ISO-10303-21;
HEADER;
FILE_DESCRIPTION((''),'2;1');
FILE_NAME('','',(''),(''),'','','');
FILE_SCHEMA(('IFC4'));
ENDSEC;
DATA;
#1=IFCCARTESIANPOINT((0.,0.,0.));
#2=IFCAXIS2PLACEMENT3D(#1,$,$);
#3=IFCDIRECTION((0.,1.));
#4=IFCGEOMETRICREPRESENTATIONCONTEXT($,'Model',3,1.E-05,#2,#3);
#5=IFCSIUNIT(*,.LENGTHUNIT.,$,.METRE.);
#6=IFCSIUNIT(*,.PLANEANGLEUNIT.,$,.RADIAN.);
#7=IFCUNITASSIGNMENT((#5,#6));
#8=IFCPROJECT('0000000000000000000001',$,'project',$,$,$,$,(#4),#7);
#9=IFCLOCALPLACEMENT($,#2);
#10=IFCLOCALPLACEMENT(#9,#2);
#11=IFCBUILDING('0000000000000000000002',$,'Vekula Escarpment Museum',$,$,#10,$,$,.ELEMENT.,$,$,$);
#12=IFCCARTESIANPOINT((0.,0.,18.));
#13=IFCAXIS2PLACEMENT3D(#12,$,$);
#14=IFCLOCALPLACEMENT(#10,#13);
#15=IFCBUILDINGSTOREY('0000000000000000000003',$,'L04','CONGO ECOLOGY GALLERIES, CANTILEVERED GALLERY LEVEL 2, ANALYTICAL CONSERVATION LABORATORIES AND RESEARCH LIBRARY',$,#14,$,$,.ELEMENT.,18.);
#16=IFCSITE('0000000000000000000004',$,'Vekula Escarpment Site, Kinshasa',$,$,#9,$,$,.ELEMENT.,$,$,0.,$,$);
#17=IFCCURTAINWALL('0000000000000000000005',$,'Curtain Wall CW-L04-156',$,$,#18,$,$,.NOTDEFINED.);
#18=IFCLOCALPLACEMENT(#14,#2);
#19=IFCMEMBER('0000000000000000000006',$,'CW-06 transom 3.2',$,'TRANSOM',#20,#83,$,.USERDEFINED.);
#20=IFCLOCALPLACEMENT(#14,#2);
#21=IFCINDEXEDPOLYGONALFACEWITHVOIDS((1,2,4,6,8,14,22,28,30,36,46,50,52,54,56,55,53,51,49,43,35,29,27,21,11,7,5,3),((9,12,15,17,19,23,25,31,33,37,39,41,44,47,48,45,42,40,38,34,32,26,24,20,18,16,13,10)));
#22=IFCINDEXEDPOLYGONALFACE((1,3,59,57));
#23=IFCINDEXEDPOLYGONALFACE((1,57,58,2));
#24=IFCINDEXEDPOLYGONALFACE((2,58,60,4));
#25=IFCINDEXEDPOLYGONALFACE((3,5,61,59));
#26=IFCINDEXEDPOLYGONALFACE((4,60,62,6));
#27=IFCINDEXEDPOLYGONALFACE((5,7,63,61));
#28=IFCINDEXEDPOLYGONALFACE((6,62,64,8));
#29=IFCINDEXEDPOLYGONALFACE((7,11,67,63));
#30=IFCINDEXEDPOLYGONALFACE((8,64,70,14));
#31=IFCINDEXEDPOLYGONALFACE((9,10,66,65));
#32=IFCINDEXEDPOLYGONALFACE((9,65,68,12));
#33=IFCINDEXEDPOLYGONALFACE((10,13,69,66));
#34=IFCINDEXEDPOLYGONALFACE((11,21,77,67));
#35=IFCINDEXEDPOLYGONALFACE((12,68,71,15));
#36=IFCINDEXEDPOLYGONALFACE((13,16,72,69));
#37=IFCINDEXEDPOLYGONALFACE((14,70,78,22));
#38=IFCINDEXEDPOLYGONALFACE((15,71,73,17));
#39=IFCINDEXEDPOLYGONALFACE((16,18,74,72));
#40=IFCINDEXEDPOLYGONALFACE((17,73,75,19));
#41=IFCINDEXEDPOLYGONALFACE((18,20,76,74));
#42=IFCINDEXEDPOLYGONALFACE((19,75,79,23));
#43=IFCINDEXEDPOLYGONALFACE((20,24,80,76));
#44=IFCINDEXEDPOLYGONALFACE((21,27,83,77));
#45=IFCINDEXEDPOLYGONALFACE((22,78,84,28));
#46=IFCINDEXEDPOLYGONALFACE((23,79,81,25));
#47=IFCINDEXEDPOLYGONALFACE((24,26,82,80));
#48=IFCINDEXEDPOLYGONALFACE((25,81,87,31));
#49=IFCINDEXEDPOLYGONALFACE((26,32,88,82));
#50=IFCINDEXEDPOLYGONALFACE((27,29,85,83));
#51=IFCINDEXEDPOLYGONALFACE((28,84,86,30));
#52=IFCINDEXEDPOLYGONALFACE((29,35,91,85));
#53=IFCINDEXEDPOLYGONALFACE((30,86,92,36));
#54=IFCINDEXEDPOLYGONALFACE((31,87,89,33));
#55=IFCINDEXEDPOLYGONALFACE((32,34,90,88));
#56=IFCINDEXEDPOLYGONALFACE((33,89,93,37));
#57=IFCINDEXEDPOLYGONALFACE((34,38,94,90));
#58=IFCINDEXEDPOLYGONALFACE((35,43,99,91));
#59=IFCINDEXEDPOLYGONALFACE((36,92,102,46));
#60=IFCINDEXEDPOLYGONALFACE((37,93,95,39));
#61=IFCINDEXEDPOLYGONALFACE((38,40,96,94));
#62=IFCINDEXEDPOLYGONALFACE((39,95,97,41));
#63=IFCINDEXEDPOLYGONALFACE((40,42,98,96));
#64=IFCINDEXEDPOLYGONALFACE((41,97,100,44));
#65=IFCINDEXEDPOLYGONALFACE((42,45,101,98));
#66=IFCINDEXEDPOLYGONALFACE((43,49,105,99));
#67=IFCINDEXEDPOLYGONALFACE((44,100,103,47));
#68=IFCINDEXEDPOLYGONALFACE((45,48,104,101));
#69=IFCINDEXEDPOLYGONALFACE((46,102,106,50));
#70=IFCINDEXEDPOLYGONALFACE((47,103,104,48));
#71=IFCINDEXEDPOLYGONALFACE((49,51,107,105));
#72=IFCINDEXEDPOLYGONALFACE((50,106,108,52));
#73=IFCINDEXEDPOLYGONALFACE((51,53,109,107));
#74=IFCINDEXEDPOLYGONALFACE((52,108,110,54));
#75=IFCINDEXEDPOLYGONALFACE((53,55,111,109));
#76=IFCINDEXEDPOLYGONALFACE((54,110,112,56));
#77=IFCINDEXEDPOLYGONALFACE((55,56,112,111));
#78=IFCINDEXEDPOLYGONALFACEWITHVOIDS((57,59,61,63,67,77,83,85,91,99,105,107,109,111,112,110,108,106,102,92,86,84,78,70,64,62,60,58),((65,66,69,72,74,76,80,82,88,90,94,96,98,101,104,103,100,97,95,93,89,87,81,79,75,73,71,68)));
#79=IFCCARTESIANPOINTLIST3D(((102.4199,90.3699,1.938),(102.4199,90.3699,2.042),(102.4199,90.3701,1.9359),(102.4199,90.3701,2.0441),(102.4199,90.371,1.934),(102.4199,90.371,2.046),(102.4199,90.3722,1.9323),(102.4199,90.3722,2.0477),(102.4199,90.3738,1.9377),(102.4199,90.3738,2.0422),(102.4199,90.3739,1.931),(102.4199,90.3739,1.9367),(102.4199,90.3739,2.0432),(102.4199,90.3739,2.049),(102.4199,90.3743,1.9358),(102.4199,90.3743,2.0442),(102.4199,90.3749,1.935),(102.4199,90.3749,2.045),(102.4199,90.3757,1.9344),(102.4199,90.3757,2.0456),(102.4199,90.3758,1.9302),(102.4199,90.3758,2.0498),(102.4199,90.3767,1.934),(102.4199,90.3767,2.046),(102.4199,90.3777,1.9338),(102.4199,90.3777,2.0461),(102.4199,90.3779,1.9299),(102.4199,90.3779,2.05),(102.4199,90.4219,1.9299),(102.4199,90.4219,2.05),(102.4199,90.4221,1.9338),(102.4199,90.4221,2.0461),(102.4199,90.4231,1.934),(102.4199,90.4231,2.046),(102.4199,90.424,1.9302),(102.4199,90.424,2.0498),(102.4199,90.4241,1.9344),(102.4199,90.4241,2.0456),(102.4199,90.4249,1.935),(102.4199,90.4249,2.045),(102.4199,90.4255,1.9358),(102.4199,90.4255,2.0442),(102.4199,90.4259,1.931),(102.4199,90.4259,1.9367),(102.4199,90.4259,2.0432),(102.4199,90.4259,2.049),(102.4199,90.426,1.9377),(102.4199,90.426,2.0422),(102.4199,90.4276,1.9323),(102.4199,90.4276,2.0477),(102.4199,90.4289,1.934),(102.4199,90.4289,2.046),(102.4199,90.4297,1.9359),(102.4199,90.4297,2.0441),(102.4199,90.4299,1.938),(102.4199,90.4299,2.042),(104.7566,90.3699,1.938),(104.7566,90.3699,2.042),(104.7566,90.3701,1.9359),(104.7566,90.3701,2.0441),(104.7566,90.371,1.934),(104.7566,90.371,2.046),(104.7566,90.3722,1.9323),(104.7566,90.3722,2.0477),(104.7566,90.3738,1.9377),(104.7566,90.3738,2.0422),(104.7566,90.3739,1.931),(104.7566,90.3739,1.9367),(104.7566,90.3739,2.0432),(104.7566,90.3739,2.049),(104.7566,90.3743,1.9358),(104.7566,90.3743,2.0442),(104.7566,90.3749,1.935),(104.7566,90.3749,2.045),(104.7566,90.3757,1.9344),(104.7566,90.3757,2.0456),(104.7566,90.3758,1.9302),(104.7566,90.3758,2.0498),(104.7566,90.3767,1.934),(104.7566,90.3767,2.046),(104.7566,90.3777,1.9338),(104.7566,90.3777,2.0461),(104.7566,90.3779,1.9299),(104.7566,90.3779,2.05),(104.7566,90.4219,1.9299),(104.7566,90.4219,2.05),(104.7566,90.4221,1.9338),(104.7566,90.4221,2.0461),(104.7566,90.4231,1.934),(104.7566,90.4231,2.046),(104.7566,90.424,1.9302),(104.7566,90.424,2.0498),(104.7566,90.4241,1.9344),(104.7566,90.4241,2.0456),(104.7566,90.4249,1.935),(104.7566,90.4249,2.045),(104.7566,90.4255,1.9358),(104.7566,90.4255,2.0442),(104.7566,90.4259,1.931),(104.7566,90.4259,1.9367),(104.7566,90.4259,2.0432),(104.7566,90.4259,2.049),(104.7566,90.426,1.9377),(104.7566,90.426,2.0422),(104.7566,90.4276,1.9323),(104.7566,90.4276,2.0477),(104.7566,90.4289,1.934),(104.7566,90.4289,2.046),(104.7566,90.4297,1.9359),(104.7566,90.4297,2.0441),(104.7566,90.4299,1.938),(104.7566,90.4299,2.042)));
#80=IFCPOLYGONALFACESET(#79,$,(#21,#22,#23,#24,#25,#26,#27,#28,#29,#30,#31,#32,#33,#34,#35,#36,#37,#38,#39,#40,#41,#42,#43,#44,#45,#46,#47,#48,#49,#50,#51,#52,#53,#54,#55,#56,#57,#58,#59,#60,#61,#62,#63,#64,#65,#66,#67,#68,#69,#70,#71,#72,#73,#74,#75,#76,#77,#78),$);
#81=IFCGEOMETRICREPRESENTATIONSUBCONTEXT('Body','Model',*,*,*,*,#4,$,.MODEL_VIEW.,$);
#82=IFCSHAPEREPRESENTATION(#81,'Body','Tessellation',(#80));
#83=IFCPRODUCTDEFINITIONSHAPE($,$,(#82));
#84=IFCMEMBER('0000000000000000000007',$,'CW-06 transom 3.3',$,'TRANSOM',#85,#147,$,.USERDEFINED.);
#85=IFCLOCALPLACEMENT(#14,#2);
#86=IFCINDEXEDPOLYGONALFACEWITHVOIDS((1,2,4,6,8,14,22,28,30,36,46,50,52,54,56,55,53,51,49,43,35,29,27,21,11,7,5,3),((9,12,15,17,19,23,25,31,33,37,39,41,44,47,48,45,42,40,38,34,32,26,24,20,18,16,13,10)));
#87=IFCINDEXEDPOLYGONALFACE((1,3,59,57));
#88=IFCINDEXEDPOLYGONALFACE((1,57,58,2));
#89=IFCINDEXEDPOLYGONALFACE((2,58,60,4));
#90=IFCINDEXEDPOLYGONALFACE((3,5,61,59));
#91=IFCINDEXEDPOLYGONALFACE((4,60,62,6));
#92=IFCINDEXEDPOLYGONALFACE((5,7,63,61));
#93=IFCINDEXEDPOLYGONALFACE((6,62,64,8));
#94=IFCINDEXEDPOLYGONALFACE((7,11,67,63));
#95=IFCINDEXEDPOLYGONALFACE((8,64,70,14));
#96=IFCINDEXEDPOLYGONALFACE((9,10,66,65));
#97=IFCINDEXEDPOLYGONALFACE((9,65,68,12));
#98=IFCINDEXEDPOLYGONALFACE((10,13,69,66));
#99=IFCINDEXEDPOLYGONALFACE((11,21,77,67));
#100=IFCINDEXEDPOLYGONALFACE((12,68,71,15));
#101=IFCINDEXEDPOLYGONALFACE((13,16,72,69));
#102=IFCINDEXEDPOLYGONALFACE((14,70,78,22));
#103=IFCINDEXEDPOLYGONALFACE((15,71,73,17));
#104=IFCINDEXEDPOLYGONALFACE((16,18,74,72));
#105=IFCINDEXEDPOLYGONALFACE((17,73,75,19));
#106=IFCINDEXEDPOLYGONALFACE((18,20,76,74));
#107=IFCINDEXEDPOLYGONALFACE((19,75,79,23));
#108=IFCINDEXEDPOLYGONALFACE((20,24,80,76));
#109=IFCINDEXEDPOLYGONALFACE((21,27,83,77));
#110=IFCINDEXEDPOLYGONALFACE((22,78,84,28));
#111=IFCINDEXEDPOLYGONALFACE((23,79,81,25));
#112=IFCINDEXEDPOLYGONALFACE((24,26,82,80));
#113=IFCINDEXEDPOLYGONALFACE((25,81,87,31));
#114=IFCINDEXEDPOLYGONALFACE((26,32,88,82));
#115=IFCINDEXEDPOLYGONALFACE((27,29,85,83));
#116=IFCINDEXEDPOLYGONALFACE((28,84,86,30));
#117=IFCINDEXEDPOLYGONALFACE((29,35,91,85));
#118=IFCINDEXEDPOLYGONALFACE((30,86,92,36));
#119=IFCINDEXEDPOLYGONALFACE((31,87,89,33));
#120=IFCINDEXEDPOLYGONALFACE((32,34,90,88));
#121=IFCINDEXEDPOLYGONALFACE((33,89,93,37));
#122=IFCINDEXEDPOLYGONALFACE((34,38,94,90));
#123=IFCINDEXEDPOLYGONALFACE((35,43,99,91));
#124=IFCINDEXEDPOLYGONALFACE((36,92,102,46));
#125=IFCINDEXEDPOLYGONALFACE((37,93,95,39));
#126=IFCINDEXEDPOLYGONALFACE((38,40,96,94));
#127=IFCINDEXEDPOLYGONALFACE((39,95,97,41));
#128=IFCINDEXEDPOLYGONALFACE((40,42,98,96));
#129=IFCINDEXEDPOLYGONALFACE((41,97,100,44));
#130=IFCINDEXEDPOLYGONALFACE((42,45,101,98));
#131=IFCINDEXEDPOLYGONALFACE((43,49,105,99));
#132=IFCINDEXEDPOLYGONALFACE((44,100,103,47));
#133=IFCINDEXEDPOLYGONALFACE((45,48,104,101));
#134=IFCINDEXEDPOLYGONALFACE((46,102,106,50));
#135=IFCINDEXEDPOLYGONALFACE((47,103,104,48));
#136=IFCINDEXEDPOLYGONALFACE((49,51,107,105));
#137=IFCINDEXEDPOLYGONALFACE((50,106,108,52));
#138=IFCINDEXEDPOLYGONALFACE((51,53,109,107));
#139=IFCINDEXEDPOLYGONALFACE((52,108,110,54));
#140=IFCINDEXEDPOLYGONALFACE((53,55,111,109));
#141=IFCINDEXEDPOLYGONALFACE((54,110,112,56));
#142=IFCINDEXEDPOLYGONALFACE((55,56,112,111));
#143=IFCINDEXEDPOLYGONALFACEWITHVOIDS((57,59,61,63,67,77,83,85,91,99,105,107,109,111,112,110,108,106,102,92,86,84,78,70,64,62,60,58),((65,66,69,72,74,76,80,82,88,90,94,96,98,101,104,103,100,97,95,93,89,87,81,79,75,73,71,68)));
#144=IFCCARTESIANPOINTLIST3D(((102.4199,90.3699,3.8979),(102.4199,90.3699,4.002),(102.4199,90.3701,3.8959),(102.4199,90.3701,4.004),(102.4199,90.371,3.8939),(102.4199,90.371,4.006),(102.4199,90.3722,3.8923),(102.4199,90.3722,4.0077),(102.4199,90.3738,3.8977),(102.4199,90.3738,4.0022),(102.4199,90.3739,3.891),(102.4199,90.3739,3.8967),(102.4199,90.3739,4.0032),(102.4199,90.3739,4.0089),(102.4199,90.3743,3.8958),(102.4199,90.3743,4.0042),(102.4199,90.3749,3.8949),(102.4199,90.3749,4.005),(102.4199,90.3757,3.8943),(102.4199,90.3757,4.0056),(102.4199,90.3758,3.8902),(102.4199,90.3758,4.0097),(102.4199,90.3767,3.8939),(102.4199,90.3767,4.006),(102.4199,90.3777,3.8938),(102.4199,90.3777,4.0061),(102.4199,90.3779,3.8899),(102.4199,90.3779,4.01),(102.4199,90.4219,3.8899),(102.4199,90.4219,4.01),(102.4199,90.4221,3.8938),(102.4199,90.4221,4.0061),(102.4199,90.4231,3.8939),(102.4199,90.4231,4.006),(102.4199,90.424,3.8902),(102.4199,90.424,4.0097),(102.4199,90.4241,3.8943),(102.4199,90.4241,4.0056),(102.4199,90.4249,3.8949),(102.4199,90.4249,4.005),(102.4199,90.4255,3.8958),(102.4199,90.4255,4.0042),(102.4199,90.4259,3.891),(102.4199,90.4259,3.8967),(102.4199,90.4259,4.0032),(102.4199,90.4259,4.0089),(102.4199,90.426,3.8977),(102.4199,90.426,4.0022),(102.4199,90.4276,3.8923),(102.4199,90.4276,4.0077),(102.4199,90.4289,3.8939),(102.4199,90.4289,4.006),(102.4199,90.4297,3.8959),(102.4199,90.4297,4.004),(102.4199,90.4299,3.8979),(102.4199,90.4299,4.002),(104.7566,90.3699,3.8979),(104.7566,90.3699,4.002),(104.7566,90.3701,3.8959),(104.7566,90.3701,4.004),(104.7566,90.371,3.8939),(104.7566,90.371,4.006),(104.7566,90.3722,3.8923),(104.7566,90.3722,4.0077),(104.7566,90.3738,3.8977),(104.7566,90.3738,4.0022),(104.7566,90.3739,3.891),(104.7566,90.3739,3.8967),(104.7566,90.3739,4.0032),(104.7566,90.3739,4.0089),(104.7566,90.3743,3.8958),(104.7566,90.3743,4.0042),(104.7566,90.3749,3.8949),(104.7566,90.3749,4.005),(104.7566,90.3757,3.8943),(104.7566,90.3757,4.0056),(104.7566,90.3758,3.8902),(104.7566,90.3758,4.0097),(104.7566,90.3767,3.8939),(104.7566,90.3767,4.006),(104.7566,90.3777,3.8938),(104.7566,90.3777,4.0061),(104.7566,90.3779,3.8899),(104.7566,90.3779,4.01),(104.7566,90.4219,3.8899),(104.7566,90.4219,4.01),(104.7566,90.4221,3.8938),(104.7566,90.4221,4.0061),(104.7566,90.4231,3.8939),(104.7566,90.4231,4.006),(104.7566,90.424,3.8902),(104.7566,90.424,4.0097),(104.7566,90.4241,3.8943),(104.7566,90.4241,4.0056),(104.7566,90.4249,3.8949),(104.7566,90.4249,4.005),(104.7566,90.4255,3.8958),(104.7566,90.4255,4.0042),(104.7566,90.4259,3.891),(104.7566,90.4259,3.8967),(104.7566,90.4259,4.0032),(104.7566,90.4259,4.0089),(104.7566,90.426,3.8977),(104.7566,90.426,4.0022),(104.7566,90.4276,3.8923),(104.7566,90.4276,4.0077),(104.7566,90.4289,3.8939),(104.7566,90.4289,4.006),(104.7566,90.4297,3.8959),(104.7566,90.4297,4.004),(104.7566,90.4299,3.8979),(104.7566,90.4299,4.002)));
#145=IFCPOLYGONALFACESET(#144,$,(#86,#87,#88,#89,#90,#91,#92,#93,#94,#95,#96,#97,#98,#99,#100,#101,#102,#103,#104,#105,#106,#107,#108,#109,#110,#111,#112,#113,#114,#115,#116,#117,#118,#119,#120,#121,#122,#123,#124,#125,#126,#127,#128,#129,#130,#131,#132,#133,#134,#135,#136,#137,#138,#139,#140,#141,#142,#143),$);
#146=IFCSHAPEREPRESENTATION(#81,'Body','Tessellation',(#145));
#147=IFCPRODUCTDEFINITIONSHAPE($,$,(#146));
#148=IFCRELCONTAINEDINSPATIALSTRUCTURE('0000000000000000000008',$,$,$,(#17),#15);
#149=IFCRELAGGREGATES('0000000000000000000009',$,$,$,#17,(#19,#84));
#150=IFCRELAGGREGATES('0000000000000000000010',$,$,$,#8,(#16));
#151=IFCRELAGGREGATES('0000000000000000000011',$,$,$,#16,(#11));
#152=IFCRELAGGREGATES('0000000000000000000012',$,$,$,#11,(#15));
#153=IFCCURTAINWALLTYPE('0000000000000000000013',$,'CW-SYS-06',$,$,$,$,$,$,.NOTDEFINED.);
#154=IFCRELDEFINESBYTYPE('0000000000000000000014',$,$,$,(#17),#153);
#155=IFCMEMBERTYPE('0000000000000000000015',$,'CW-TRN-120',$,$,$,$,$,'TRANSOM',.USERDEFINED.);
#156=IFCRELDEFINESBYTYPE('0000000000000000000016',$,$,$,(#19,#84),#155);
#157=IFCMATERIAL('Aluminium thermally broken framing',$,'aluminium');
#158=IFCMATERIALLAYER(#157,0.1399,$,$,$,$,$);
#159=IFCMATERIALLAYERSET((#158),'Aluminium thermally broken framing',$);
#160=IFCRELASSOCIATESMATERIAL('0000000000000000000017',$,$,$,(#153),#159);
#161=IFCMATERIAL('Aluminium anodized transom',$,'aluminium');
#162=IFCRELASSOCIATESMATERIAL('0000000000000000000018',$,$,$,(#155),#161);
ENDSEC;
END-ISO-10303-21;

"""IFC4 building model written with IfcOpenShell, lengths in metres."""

from ifc_helpers import new_model, si_unit, direction, frame, origin, origin_2d, place, context, subcontext, project, spatial, hollow_rectangle, extrude, material, layer, layer_set, material_profile, profile_set, type_object, element, aggregate, save


model = new_model("IFC4")

# Units and contexts
model_context = context("Model", 3, precision=1e-05, world=origin(), true_north=direction((0.0, 1.0)))
body_context = subcontext(model_context, "Body", "Model", "MODEL_VIEW")
ifc_project = project(units=[si_unit("LENGTHUNIT", "METRE"), si_unit("PLANEANGLEUNIT", "RADIAN")], contexts=[model_context])

# Site, building, storey
site_placement = place(None, origin())
site = spatial("IfcSite", under=ifc_project, at=site_placement, Name="Vekula Escarpment Site, Kinshasa", CompositionType="ELEMENT", RefElevation=0.0)
building_placement = place(site_placement, origin())
building = spatial("IfcBuilding", under=site, at=building_placement, Name="Vekula Escarpment Museum", CompositionType="ELEMENT")
storey_placement = place(building_placement, frame((0.0, 0.0, 18.0)))
storey = spatial("IfcBuildingStorey", under=building, at=storey_placement, Name="L04", Description="CONGO ECOLOGY GALLERIES, CANTILEVERED GALLERY LEVEL 2, ANALYTICAL CONSERVATION LABORATORIES AND RESEARCH LIBRARY", CompositionType="ELEMENT", Elevation=18.0)

# Curtain wall, members
ifc_material_1 = material(Name="Aluminium thermally broken framing", Category="aluminium")
ifc_layer_1 = layer(ifc_material_1, 0.1399)
ifc_layer_set_1 = layer_set([ifc_layer_1], Name="Aluminium thermally broken framing")
curtain_wall_type_1 = type_object("IfcCurtainWallType", Name="CW-SYS-06", PredefinedType="NOTDEFINED", material=ifc_layer_set_1)
curtain_wall_1_placement = place(storey_placement, origin())
curtain_wall_1 = element("IfcCurtainWall", 1, at=curtain_wall_1_placement, inside=storey, type_object=curtain_wall_type_1, Name="Curtain Wall CW-L04-156", PredefinedType="NOTDEFINED")
ifc_material_2 = material(Name="Aluminium anodized transom", Category="aluminium")
ifc_material_profile_1 = material_profile(ifc_material_2, hollow_rectangle(XDim=0.0601, YDim=0.1201, WallThickness=0.0039, InnerFilletRadius=0.0039, OuterFilletRadius=0.0081, at=origin_2d()), Name="ALU 120x60x4")
ifc_profile_set_1 = profile_set([ifc_material_profile_1], Name="Aluminium anodized transom")
member_type_1 = type_object("IfcMemberType", Name="CW-TRN-120", ElementType="TRANSOM", PredefinedType="USERDEFINED", material=ifc_profile_set_1)
member_1_placement = place(storey_placement, frame((104.7566, 90.3999, 1.99), z_axis=(-1.0, 0.0, 0.0), x_axis=(0.0, -1.0, 0.0)))
member_1 = element("IfcMember", 2, at=member_1_placement, type_object=member_type_1, Name="CW-06 transom 3.2", ObjectType="TRANSOM", PredefinedType="USERDEFINED", context=body_context, shape_type="SweptSolid", body=[
    extrude(hollow_rectangle(XDim=0.0601, YDim=0.1201, WallThickness=0.0039, InnerFilletRadius=0.0039, OuterFilletRadius=0.0081, at=origin_2d()), origin(), (0.0, 0.0, 1.0), 2.3367),
])
member_2_placement = place(storey_placement, frame((104.7566, 90.3999, 3.95), z_axis=(-1.0, 0.0, 0.0), x_axis=(0.0, -1.0, 0.0)))
member_2 = element("IfcMember", 3, at=member_2_placement, type_object=member_type_1, Name="CW-06 transom 3.3", ObjectType="TRANSOM", PredefinedType="USERDEFINED", context=body_context, shape_type="SweptSolid", body=[
    extrude(hollow_rectangle(XDim=0.0601, YDim=0.1201, WallThickness=0.0039, InnerFilletRadius=0.0039, OuterFilletRadius=0.0081, at=origin_2d()), origin(), (0.0, 0.0, 1.0), 2.3367),
])

aggregate(curtain_wall_1, [member_1, member_2])

save(model, "model.ifc")
